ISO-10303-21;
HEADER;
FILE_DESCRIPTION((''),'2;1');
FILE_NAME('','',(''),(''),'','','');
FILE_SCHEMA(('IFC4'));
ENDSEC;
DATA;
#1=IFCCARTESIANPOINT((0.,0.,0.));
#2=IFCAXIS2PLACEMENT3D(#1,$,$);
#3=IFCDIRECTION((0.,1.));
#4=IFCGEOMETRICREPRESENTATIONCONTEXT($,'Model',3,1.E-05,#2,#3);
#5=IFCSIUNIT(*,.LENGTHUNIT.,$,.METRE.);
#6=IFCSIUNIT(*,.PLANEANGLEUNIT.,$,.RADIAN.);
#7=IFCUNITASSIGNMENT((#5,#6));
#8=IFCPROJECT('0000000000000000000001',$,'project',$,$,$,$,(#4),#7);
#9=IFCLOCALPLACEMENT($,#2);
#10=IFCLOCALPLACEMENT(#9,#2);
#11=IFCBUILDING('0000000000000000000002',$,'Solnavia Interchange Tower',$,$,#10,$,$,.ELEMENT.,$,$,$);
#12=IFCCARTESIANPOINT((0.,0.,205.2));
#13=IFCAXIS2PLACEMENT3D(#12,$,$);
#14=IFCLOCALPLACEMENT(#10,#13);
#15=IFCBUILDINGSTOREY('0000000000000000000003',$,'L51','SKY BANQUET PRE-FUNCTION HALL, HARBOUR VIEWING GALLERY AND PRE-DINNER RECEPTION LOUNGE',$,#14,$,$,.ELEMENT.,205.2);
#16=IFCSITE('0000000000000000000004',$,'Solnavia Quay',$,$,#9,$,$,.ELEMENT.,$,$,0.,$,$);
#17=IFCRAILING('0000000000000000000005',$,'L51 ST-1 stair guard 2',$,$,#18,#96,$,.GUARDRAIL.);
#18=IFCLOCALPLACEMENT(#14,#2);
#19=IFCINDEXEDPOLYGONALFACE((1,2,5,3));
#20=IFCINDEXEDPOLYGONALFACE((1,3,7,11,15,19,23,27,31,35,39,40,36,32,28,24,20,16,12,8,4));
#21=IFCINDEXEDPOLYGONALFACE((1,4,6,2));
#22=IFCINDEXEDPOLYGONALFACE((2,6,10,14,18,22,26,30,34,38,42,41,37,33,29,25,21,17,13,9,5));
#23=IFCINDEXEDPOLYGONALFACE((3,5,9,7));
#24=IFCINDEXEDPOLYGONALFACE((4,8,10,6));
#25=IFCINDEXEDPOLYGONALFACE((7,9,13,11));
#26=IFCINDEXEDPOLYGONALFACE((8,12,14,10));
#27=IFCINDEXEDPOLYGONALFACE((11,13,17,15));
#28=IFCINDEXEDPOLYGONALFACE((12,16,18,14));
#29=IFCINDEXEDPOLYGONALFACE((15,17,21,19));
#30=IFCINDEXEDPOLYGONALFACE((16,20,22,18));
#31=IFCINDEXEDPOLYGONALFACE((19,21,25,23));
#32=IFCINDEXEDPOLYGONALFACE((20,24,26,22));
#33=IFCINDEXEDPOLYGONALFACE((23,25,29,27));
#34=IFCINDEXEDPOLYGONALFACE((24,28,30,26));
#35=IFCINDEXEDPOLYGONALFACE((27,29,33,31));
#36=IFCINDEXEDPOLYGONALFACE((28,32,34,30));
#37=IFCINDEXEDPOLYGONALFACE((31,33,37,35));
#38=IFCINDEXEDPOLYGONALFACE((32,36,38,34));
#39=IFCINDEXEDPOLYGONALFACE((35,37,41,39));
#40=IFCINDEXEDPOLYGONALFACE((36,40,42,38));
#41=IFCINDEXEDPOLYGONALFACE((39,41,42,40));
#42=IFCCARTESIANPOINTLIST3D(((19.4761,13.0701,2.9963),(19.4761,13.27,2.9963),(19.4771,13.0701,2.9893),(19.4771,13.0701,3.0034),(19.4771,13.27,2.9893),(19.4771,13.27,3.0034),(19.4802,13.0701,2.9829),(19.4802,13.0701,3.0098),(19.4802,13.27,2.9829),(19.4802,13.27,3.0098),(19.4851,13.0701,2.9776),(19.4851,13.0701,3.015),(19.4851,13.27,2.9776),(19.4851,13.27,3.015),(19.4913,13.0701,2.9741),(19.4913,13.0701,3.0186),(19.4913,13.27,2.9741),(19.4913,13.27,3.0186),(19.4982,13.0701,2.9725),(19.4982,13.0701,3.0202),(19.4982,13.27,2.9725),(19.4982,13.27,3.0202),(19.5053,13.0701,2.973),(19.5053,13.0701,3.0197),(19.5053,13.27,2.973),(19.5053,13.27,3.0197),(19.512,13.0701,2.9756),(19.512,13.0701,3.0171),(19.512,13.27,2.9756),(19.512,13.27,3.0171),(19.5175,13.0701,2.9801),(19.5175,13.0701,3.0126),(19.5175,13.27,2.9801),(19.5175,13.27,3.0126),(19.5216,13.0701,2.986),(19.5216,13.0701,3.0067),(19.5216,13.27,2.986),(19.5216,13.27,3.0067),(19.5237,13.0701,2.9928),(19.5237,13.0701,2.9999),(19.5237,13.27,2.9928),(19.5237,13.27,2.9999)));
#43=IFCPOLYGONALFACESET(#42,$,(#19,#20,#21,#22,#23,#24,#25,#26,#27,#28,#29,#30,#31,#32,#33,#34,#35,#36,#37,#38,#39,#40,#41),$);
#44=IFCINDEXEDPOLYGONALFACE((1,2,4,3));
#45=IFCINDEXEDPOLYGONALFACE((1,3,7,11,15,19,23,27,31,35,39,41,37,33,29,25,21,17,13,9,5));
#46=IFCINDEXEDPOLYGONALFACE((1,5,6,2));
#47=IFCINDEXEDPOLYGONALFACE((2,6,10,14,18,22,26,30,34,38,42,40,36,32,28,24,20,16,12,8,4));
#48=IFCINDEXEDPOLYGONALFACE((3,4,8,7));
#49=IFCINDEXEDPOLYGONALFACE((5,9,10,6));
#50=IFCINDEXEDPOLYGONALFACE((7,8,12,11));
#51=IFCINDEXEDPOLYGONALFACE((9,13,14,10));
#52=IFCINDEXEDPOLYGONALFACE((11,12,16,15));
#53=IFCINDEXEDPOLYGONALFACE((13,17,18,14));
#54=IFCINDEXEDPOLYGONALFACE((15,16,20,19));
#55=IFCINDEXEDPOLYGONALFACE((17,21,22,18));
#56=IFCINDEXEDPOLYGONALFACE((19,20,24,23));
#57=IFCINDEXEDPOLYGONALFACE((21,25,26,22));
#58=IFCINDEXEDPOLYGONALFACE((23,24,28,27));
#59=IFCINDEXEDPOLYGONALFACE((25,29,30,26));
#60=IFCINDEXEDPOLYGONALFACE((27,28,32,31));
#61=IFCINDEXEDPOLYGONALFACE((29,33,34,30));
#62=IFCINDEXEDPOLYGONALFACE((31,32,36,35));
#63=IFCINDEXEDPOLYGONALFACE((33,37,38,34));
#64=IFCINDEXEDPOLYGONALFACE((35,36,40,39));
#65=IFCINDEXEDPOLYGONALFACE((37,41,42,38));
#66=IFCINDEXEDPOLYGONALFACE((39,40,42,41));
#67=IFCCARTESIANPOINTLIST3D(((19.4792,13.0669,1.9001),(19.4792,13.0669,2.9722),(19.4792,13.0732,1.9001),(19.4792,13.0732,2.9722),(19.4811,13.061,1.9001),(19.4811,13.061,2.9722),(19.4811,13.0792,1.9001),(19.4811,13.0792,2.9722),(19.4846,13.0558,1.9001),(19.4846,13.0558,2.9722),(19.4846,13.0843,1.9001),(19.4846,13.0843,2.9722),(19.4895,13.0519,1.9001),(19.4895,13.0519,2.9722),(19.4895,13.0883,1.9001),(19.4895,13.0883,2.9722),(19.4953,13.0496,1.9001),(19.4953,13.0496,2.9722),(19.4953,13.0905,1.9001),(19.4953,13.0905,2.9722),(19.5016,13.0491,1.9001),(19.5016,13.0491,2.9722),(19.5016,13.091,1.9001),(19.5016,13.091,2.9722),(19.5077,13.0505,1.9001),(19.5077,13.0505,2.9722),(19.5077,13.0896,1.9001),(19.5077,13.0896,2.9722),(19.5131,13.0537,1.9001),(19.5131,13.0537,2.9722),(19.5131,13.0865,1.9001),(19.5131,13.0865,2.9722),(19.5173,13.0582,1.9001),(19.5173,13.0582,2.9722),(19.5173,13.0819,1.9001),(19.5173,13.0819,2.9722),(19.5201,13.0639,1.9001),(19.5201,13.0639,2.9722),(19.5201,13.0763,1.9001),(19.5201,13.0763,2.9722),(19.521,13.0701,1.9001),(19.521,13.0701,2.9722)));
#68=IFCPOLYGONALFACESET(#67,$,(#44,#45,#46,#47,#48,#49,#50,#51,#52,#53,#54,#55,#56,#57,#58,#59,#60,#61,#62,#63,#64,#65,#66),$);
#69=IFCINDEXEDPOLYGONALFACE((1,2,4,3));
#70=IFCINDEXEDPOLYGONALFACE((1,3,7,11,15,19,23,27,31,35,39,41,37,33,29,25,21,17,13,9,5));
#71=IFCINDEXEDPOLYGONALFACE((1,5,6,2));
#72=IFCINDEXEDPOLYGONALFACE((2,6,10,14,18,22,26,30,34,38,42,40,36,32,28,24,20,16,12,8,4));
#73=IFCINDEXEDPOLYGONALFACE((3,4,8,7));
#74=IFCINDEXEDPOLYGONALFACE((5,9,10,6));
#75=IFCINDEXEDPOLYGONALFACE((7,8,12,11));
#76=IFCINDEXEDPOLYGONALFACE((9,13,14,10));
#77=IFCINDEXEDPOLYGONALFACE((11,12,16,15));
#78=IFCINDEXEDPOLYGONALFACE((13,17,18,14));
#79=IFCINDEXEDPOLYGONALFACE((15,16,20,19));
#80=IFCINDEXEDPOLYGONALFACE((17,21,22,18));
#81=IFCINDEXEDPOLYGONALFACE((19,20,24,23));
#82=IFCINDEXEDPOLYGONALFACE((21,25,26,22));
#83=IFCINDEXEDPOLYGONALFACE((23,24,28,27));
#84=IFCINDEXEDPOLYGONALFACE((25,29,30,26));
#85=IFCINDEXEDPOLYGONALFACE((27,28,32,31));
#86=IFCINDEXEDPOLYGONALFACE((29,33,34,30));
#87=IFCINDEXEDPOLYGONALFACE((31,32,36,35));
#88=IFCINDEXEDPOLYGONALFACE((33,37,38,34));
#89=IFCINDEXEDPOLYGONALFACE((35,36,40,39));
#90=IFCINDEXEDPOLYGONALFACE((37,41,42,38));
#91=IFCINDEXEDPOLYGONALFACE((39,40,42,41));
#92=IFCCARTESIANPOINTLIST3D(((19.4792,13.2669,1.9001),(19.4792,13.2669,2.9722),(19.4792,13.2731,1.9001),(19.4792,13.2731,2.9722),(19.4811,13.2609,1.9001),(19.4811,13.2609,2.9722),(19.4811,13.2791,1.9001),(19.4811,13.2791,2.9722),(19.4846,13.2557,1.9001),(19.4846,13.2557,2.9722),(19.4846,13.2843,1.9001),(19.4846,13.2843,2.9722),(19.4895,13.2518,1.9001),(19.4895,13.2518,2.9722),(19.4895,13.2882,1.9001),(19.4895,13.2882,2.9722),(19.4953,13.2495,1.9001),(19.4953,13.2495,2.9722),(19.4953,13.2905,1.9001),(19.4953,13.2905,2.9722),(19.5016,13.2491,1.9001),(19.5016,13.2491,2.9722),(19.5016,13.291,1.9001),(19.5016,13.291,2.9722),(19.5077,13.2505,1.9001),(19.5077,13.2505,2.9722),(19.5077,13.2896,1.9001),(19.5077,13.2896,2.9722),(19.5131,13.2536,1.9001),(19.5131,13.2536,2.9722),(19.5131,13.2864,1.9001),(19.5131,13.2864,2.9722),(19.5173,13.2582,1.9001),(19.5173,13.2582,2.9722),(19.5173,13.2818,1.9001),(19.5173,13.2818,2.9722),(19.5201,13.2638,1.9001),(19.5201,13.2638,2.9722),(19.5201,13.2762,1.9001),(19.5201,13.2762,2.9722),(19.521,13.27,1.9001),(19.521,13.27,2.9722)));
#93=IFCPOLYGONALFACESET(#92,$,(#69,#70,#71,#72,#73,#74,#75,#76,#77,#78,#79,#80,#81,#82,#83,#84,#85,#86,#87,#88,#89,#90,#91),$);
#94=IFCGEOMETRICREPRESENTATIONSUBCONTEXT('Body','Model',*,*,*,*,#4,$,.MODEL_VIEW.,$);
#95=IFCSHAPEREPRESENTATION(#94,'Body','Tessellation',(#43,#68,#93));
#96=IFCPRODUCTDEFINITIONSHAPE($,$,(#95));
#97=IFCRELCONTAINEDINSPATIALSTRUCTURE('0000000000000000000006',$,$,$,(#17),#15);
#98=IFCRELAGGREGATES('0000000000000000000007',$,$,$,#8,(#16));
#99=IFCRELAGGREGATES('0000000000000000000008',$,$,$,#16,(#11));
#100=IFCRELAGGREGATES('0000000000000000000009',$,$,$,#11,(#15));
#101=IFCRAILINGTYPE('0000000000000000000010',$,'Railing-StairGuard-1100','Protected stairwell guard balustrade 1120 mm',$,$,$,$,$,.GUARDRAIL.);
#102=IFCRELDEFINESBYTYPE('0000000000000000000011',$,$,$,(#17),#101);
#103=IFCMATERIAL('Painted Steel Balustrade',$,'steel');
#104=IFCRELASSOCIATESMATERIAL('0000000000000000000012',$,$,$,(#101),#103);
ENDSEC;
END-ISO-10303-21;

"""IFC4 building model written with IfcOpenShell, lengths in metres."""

from ifc_helpers import new_model, si_unit, direction, frame, origin, origin_2d, place, context, subcontext, project, spatial, circle, extrude, material, type_object, element, save


model = new_model("IFC4")

# Units and contexts
model_context = context("Model", 3, precision=1e-05, world=origin(), true_north=direction((0.0, 1.0)))
body_context = subcontext(model_context, "Body", "Model", "MODEL_VIEW")
ifc_project = project(units=[si_unit("LENGTHUNIT", "METRE"), si_unit("PLANEANGLEUNIT", "RADIAN")], contexts=[model_context])

# Site, building, storey
site_placement = place(None, origin())
site = spatial("IfcSite", under=ifc_project, at=site_placement, Name="Solnavia Quay", CompositionType="ELEMENT", RefElevation=0.0)
building_placement = place(site_placement, origin())
building = spatial("IfcBuilding", under=site, at=building_placement, Name="Solnavia Interchange Tower", CompositionType="ELEMENT")
storey_placement = place(building_placement, frame((0.0, 0.0, 205.2)))
storey = spatial("IfcBuildingStorey", under=building, at=storey_placement, Name="L51", Description="SKY BANQUET PRE-FUNCTION HALL, HARBOUR VIEWING GALLERY AND PRE-DINNER RECEPTION LOUNGE", CompositionType="ELEMENT", Elevation=205.2)

# Railing
ifc_material_1 = material(Name="Painted Steel Balustrade", Category="steel")
railing_type_1 = type_object("IfcRailingType", Name="Railing-StairGuard-1100", Description="Protected stairwell guard balustrade 1120 mm", PredefinedType="GUARDRAIL", material=ifc_material_1)
railing_1_placement = place(storey_placement, frame((19.5, 13.0701, 1.9001)))
element("IfcRailing", 1, at=railing_1_placement, inside=storey, type_object=railing_type_1, Name="L51 ST-1 stair guard 2", PredefinedType="GUARDRAIL", context=body_context, shape_type="SweptSolid", body=[
    extrude(circle(Radius=0.0239, at=origin_2d()), frame((0.0, 0.0, 1.0962), z_axis=(0.0, 1.0, 0.0), x_axis=(-1.0, 0.0, 0.0)), (0.0, 0.0, 1.0), 0.2),
    extrude(circle(Radius=0.021, at=origin_2d()), origin(), (0.0, 0.0, 1.0), 1.072),
    extrude(circle(Radius=0.021, at=origin_2d()), frame((0.0, 0.2, 0.0)), (0.0, 0.0, 1.0), 1.072),
])

save(model, "model.ifc")
